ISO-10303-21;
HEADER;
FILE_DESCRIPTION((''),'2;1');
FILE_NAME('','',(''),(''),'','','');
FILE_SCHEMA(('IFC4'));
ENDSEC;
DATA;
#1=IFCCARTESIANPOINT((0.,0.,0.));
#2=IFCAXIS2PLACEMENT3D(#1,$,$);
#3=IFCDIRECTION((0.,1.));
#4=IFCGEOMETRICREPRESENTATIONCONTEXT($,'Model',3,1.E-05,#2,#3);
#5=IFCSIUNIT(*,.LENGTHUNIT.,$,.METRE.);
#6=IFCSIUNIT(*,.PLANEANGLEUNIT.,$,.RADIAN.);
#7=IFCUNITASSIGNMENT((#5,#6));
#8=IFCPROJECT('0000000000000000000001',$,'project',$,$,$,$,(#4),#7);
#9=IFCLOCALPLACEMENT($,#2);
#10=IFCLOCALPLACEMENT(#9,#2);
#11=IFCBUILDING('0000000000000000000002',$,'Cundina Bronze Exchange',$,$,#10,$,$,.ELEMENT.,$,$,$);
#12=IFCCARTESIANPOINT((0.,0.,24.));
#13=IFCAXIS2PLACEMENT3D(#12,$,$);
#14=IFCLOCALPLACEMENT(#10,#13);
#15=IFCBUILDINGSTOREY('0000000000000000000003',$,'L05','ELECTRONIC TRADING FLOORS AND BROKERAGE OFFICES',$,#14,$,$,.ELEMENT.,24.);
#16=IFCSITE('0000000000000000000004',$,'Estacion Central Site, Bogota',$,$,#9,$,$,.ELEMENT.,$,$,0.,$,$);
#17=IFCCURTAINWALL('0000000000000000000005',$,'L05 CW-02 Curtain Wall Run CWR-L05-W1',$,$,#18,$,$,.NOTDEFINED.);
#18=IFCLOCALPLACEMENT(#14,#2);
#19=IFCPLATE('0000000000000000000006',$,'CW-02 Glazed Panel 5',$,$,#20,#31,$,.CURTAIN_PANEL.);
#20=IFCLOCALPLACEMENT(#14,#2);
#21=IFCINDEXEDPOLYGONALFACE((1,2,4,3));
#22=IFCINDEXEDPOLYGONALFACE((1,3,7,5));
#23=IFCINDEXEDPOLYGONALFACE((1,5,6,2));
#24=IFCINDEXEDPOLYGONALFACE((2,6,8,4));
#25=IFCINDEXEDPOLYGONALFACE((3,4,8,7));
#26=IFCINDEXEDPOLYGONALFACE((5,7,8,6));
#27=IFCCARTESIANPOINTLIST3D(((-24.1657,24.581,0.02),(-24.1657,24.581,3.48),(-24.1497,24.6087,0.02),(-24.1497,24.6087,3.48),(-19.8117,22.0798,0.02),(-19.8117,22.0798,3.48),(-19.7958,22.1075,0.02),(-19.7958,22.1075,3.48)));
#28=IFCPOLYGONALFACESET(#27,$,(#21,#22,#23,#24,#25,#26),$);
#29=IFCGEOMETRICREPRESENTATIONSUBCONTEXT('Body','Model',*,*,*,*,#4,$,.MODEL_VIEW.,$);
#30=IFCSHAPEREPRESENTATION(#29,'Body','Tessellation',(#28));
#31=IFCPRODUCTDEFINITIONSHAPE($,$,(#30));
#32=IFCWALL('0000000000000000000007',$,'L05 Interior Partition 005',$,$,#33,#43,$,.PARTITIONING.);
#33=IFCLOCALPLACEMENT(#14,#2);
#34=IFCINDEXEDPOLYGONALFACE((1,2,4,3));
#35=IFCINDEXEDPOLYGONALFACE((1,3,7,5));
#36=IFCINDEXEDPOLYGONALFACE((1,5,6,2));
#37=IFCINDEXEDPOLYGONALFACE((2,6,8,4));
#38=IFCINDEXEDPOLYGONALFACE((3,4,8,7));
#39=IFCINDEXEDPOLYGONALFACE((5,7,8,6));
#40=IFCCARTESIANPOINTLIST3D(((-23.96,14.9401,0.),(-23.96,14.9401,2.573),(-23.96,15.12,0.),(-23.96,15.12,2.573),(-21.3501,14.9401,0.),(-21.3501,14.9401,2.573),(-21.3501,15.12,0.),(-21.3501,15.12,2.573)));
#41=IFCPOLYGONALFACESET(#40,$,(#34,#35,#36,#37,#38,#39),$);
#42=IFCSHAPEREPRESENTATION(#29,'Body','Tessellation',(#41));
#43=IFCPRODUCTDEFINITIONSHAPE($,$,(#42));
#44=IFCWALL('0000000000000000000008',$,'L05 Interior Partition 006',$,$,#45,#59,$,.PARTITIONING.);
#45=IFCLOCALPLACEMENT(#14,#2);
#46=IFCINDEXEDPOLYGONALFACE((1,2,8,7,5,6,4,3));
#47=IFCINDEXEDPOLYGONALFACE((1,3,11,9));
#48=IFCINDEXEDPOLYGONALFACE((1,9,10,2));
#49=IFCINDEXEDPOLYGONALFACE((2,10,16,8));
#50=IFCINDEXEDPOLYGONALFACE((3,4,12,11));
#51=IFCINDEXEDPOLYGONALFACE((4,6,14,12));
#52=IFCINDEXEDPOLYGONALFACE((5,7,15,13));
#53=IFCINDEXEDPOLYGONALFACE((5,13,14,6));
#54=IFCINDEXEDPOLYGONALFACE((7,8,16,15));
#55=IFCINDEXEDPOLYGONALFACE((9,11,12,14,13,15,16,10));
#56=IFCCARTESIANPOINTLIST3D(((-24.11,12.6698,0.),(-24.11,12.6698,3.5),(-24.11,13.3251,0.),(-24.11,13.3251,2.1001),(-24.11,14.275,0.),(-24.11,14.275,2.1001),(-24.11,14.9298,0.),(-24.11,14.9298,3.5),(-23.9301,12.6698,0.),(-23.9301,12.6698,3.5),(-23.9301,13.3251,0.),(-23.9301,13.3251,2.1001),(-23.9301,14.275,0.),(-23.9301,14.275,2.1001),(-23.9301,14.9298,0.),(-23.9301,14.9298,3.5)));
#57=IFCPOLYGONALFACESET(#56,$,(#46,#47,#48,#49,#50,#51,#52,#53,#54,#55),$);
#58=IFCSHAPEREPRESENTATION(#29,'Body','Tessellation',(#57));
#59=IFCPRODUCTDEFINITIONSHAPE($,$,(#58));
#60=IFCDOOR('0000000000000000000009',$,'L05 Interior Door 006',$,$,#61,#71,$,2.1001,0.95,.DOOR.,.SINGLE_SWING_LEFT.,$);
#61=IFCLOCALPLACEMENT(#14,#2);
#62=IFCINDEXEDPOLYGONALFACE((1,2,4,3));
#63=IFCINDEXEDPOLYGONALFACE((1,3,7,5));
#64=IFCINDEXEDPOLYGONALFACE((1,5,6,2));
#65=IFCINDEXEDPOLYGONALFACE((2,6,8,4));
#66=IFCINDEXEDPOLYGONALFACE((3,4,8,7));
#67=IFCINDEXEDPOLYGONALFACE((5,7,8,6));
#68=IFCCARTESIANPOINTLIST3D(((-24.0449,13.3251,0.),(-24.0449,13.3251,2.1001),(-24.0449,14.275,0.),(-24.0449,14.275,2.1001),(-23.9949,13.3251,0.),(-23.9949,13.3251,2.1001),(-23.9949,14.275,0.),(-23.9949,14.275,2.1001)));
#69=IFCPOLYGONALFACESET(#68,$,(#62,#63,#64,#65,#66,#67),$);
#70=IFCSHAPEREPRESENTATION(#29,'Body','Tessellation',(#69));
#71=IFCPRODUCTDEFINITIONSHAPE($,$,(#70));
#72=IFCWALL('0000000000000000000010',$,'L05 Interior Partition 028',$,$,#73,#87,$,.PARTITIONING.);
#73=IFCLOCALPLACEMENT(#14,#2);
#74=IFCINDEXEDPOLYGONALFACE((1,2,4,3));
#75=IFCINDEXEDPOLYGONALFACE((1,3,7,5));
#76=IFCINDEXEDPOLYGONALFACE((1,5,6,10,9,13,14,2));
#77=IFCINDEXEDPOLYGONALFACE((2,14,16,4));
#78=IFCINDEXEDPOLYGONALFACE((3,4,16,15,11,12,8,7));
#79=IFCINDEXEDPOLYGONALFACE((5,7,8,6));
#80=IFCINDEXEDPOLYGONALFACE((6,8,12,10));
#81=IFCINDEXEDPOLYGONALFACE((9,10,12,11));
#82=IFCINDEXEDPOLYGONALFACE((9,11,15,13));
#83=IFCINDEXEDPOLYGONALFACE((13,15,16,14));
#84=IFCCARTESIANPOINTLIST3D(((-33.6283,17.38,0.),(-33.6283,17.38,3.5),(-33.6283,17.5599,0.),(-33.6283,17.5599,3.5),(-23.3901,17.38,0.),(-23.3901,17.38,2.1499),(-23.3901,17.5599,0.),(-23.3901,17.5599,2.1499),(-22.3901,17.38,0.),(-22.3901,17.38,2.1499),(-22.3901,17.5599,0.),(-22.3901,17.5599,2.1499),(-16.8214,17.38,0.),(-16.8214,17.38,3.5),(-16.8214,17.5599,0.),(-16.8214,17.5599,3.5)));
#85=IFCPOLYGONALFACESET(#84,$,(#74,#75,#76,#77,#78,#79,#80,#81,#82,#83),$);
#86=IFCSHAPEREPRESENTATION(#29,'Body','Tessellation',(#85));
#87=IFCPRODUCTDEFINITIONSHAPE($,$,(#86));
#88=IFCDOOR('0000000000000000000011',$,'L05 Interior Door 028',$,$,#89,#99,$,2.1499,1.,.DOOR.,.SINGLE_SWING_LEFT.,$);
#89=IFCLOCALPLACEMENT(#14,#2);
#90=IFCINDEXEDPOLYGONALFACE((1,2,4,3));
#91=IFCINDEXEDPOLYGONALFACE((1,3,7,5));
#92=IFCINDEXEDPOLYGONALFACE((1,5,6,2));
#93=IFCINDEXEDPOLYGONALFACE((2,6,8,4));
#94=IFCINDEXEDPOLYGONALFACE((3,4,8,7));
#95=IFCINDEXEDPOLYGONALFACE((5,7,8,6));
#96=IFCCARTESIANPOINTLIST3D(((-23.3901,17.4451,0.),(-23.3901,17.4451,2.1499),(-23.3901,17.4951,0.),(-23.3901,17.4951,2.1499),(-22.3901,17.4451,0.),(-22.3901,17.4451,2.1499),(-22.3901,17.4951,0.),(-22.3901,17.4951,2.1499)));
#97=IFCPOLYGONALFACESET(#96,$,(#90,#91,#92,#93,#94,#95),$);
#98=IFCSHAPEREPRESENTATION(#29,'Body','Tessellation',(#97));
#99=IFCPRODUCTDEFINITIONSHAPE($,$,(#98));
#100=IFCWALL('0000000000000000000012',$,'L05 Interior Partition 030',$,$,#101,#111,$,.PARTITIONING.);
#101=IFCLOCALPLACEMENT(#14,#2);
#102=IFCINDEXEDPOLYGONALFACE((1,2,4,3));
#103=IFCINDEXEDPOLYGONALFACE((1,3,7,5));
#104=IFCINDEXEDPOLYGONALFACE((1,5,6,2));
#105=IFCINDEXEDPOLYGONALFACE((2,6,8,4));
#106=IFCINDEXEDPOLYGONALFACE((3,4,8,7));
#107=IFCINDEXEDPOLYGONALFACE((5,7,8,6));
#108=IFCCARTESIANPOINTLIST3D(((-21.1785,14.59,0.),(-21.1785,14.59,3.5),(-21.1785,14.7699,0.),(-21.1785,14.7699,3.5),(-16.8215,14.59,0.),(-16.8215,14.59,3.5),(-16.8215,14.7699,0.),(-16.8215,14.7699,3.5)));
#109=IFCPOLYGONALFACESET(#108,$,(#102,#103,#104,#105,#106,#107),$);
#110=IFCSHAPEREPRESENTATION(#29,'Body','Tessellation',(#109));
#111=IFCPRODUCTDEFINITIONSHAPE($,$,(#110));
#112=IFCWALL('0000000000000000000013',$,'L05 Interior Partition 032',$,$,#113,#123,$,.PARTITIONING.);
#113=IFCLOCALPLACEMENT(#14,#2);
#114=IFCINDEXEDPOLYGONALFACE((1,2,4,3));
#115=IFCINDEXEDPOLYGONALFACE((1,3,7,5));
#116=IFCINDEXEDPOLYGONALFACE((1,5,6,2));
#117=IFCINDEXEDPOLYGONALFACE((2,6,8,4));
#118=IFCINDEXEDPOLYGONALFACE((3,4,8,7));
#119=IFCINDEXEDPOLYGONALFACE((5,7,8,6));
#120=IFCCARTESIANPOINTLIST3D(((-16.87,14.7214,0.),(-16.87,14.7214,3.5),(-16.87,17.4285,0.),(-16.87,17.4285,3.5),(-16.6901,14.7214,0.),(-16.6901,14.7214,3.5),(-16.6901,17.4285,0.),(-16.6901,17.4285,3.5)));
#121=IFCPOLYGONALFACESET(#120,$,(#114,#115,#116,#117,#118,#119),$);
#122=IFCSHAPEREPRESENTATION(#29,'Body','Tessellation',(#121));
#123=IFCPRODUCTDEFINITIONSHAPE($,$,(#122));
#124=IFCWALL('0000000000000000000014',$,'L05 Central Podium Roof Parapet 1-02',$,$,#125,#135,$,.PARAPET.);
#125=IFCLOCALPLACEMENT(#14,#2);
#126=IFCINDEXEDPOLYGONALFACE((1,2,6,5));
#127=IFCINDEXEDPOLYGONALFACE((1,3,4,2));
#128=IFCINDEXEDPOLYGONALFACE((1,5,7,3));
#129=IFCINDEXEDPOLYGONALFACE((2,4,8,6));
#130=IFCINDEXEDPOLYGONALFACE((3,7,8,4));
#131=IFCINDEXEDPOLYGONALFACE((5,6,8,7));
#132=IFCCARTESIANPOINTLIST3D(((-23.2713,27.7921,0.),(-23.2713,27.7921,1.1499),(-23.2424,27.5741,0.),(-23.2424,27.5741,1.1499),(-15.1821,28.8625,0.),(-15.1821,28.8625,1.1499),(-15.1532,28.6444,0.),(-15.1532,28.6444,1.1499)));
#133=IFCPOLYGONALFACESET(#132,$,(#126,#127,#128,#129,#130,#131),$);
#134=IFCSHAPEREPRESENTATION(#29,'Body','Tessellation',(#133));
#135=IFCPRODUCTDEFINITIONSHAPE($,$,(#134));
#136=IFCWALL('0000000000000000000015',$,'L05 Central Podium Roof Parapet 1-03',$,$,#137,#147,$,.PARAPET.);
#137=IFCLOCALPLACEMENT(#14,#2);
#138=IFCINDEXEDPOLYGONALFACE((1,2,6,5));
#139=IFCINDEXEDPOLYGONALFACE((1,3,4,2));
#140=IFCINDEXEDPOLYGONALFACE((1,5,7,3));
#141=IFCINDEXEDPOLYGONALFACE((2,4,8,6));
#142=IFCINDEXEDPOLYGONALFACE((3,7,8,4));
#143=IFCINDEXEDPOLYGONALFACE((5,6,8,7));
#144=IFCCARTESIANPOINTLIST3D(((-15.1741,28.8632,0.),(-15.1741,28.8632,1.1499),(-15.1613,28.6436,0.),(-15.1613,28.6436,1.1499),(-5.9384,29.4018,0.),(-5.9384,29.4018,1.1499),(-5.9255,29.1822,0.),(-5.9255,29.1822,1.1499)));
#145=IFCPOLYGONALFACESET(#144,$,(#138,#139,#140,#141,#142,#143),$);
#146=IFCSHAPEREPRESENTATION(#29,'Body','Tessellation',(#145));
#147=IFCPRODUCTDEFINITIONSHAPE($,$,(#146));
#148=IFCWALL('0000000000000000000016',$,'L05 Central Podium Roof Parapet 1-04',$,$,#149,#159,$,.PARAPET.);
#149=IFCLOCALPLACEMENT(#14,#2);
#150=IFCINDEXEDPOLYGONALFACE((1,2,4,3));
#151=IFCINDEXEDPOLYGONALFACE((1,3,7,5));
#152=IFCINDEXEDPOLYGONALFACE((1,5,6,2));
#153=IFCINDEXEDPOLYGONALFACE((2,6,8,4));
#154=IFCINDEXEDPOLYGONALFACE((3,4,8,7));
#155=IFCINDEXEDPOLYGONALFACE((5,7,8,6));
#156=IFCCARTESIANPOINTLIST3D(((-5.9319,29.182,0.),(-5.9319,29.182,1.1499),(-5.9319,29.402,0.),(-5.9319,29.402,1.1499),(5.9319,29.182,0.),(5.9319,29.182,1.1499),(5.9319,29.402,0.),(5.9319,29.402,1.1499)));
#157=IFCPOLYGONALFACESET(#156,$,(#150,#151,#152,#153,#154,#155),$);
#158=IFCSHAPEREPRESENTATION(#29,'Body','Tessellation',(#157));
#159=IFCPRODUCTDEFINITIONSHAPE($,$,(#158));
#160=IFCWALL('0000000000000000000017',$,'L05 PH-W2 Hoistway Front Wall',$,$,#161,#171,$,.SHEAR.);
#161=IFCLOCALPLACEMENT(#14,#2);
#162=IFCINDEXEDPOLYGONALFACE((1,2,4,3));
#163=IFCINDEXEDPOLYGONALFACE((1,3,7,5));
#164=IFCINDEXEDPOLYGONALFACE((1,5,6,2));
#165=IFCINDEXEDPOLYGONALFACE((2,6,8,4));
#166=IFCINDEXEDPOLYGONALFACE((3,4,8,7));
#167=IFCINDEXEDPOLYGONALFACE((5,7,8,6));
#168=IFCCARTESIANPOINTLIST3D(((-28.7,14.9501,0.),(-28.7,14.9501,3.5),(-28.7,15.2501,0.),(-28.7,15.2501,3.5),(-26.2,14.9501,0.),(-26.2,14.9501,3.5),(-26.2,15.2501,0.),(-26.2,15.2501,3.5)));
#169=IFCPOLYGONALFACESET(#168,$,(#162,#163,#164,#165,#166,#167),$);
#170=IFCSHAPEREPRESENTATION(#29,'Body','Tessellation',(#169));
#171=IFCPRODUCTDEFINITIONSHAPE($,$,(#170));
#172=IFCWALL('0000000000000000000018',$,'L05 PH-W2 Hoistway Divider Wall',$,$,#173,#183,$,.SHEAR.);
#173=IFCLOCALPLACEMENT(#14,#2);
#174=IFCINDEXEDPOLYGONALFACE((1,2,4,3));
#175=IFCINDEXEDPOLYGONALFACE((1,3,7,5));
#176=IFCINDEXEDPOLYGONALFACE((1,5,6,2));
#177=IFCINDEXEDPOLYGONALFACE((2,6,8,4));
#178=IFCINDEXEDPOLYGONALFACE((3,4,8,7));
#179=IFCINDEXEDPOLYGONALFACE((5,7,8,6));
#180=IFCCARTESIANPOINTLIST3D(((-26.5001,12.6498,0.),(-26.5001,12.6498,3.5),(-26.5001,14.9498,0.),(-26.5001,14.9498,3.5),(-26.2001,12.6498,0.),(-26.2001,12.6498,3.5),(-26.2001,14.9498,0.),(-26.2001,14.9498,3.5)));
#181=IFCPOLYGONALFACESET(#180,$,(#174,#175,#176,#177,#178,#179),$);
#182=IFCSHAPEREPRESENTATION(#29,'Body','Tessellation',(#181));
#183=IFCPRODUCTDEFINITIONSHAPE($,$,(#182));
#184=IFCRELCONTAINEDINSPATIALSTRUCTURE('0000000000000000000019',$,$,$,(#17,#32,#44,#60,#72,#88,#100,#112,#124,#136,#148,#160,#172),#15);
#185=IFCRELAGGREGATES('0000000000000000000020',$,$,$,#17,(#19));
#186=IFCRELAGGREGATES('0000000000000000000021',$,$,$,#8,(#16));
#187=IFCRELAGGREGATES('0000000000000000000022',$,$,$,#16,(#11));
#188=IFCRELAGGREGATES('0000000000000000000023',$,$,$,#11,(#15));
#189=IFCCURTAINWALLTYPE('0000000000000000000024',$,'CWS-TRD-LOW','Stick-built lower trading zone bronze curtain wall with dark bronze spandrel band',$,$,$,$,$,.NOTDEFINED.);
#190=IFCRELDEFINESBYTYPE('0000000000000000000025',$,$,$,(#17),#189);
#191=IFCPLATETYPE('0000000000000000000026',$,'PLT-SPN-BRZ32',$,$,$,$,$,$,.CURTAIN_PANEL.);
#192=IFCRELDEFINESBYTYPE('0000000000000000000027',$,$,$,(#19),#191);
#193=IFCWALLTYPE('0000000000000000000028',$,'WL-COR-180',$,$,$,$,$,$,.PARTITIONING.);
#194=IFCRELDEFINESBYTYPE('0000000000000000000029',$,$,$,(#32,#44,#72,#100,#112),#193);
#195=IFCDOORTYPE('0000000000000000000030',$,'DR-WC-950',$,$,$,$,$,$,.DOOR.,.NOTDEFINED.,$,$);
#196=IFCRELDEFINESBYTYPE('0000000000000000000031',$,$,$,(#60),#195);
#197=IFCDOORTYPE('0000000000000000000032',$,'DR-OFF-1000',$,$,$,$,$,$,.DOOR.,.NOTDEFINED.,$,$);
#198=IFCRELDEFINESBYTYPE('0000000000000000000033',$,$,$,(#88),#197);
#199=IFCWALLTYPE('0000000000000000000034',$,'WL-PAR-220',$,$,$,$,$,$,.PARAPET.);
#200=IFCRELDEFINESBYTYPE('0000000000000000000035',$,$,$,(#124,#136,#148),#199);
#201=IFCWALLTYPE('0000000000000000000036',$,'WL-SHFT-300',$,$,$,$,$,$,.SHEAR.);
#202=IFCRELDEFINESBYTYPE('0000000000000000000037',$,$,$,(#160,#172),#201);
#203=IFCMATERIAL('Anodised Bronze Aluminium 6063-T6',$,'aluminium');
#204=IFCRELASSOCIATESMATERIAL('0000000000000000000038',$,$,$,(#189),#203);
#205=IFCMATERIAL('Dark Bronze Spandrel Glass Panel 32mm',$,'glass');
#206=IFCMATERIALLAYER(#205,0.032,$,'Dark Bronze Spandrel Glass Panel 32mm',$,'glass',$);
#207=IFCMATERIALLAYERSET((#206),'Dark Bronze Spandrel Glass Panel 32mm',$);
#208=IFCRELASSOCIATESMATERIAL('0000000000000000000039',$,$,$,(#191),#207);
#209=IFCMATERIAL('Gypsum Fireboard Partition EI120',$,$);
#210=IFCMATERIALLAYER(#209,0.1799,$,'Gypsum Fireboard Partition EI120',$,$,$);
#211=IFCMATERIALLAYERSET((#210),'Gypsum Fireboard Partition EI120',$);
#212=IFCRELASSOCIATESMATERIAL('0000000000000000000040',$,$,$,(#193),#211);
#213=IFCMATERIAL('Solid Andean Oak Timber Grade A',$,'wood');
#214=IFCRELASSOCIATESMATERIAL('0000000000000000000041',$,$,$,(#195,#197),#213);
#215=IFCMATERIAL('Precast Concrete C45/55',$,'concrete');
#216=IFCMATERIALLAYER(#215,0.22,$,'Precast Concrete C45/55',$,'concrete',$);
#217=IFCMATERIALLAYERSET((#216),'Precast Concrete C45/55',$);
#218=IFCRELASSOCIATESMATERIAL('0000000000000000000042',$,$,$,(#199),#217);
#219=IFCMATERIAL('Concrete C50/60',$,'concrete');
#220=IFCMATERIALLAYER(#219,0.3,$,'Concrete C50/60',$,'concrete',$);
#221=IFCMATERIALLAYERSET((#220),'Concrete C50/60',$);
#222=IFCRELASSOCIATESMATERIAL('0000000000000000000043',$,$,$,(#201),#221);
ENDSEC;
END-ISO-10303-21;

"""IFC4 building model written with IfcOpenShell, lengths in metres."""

from ifc_helpers import new_model, si_unit, direction, frame, frame_2d, origin, origin_2d, place, context, subcontext, project, spatial, rectangle, extrude, material, layer, layer_set, type_object, element, fill, aggregate, save


model = new_model("IFC4")

# Units and contexts
model_context = context("Model", 3, precision=1e-05, world=origin(), true_north=direction((0.0, 1.0)))
body_context = subcontext(model_context, "Body", "Model", "MODEL_VIEW")
ifc_project = project(units=[si_unit("LENGTHUNIT", "METRE"), si_unit("PLANEANGLEUNIT", "RADIAN")], contexts=[model_context])

# Site, building, storey
site_placement = place(None, origin())
site = spatial("IfcSite", under=ifc_project, at=site_placement, Name="Estacion Central Site, Bogota", CompositionType="ELEMENT", RefElevation=0.0)
building_placement = place(site_placement, origin())
building = spatial("IfcBuilding", under=site, at=building_placement, Name="Cundina Bronze Exchange", CompositionType="ELEMENT")
storey_placement = place(building_placement, frame((0.0, 0.0, 24.0)))
storey = spatial("IfcBuildingStorey", under=building, at=storey_placement, Name="L05", Description="ELECTRONIC TRADING FLOORS AND BROKERAGE OFFICES", CompositionType="ELEMENT", Elevation=24.0)

# Curtain wall, plate
ifc_material_1 = material(Name="Anodised Bronze Aluminium 6063-T6", Category="aluminium")
curtain_wall_type = type_object("IfcCurtainWallType", Name="CWS-TRD-LOW", Description="Stick-built lower trading zone bronze curtain wall with dark bronze spandrel band", PredefinedType="NOTDEFINED", material=ifc_material_1)
curtain_wall_placement = place(storey_placement, origin())
curtain_wall = element("IfcCurtainWall", 1, at=curtain_wall_placement, inside=storey, type_object=curtain_wall_type, Name="L05 CW-02 Curtain Wall Run CWR-L05-W1", PredefinedType="NOTDEFINED")
ifc_material_2 = material(Name="Dark Bronze Spandrel Glass Panel 32mm", Category="glass")
ifc_layer_1 = layer(ifc_material_2, 0.032, Name="Dark Bronze Spandrel Glass Panel 32mm", Category="glass")
ifc_layer_set_1 = layer_set([ifc_layer_1], Name="Dark Bronze Spandrel Glass Panel 32mm")
plate_type_1 = type_object("IfcPlateType", Name="PLT-SPN-BRZ32", PredefinedType="CURTAIN_PANEL", material=ifc_layer_set_1)
plate_1_placement = place(storey_placement, frame((-21.9807, 23.3442, 0.02), z_axis=(0.0, 0.0, 1.0), x_axis=(-0.867105, 0.498125, 0.0)))
plate_1 = element("IfcPlate", 2, at=plate_1_placement, type_object=plate_type_1, Name="CW-02 Glazed Panel 5", PredefinedType="CURTAIN_PANEL", context=body_context, shape_type="SweptSolid", body=[
    extrude(rectangle(XDim=5.0212, YDim=0.032, at=origin_2d()), origin(), (0.0, 0.0, 1.0), 3.46),
])
aggregate(curtain_wall, [plate_1])

# Wall
ifc_material_3 = material(Name="Gypsum Fireboard Partition EI120")
ifc_layer_2 = layer(ifc_material_3, 0.1799, Name="Gypsum Fireboard Partition EI120")
ifc_layer_set_2 = layer_set([ifc_layer_2], Name="Gypsum Fireboard Partition EI120")
wall_type_1 = type_object("IfcWallType", Name="WL-COR-180", PredefinedType="PARTITIONING", material=ifc_layer_set_2)
wall_1_placement = place(storey_placement, frame((-23.96, 15.03, 0.0), z_axis=(0.0, 0.0, 1.0), x_axis=(1.0, 0.0, 0.0)))
element("IfcWall", 3, at=wall_1_placement, inside=storey, type_object=wall_type_1, Name="L05 Interior Partition 005", PredefinedType="PARTITIONING", context=body_context, shape_type="SweptSolid", body=[
    extrude(rectangle(XDim=2.6099, YDim=0.1799, at=frame_2d((1.3049, 0.0))), origin(), (0.0, 0.0, 1.0), 2.573),
])

# Walls, openings, doors
wall_2_placement = place(storey_placement, frame((-24.02, 12.6699, 0.0), z_axis=(0.0, 0.0, 1.0), x_axis=(0.0, 1.0, 0.0)))
wall_2 = element("IfcWall", 4, at=wall_2_placement, inside=storey, type_object=wall_type_1, Name="L05 Interior Partition 006", PredefinedType="PARTITIONING", context=body_context, shape_type="SweptSolid", body=[
    extrude(rectangle(XDim=2.26, YDim=0.1799, at=frame_2d((1.1299, 0.0))), origin(), (0.0, 0.0, 1.0), 3.5),
])
opening_1_placement = place(wall_2_placement, frame((0.655, 0.0, 0.0)))
opening_1 = element("IfcOpeningElement", 5, at=opening_1_placement, cuts=wall_2, PredefinedType="OPENING", context=body_context, shape_type="SweptSolid", body=[
    extrude(rectangle(XDim=0.95, YDim=2.1001, at=frame_2d((0.4751, 1.05))), frame((0.0, 0.0999, 0.0), z_axis=(0.0, -1.0, 0.0), x_axis=(1.0, 0.0, 0.0)), (0.0, 0.0, 1.0), 0.2),
])
ifc_material_4 = material(Name="Solid Andean Oak Timber Grade A", Category="wood")
door_type_1 = type_object("IfcDoorType", Name="DR-WC-950", OperationType="NOTDEFINED", PredefinedType="DOOR", material=ifc_material_4)
door_1_placement = place(opening_1_placement, origin())
door_1 = element("IfcDoor", 6, at=door_1_placement, inside=storey, type_object=door_type_1, Name="L05 Interior Door 006", OperationType="SINGLE_SWING_LEFT", OverallHeight=2.1001, OverallWidth=0.95, PredefinedType="DOOR", context=body_context, shape_type="SweptSolid", body=[
    extrude(rectangle(XDim=0.95, YDim=2.1001, at=frame_2d((0.4751, 1.05))), frame((0.0, 0.0249, 0.0), z_axis=(0.0, -1.0, 0.0), x_axis=(1.0, 0.0, 0.0)), (0.0, 0.0, 1.0), 0.05),
])
fill(opening_1, door_1)
wall_3_placement = place(storey_placement, frame((-16.8215, 17.47, 0.0), z_axis=(0.0, 0.0, 1.0), x_axis=(-1.0, 0.0, 0.0)))
wall_3 = element("IfcWall", 7, at=wall_3_placement, inside=storey, type_object=wall_type_1, Name="L05 Interior Partition 028", PredefinedType="PARTITIONING", context=body_context, shape_type="SweptSolid", body=[
    extrude(rectangle(XDim=16.8069, YDim=0.1799, at=frame_2d((8.4033, 0.0))), origin(), (0.0, 0.0, 1.0), 3.5),
])
opening_2_placement = place(wall_3_placement, frame((5.5686, 0.0, 0.0)))
opening_2 = element("IfcOpeningElement", 8, at=opening_2_placement, cuts=wall_3, PredefinedType="OPENING", context=body_context, shape_type="SweptSolid", body=[
    extrude(rectangle(XDim=1.0, YDim=2.1499, at=frame_2d((0.5, 1.075))), frame((0.0, 0.0999, 0.0), z_axis=(0.0, -1.0, 0.0), x_axis=(1.0, 0.0, 0.0)), (0.0, 0.0, 1.0), 0.2),
])
door_type_2 = type_object("IfcDoorType", Name="DR-OFF-1000", OperationType="NOTDEFINED", PredefinedType="DOOR", material=ifc_material_4)
door_2_placement = place(opening_2_placement, origin())
door_2 = element("IfcDoor", 9, at=door_2_placement, inside=storey, type_object=door_type_2, Name="L05 Interior Door 028", OperationType="SINGLE_SWING_LEFT", OverallHeight=2.1499, OverallWidth=1.0, PredefinedType="DOOR", context=body_context, shape_type="SweptSolid", body=[
    extrude(rectangle(XDim=1.0, YDim=2.1499, at=frame_2d((0.5, 1.075))), frame((0.0, 0.0249, 0.0), z_axis=(0.0, -1.0, 0.0), x_axis=(1.0, 0.0, 0.0)), (0.0, 0.0, 1.0), 0.05),
])
fill(opening_2, door_2)

# Walls
wall_4_placement = place(storey_placement, frame((-21.1785, 14.6799, 0.0), z_axis=(0.0, 0.0, 1.0), x_axis=(1.0, 0.0, 0.0)))
element("IfcWall", 10, at=wall_4_placement, inside=storey, type_object=wall_type_1, Name="L05 Interior Partition 030", PredefinedType="PARTITIONING", context=body_context, shape_type="SweptSolid", body=[
    extrude(rectangle(XDim=4.3569, YDim=0.1799, at=frame_2d((2.1785, 0.0))), origin(), (0.0, 0.0, 1.0), 3.5),
])
wall_5_placement = place(storey_placement, frame((-16.78, 14.7214, 0.0), z_axis=(0.0, 0.0, 1.0), x_axis=(0.0, 1.0, 0.0)))
element("IfcWall", 11, at=wall_5_placement, inside=storey, type_object=wall_type_1, Name="L05 Interior Partition 032", PredefinedType="PARTITIONING", context=body_context, shape_type="SweptSolid", body=[
    extrude(rectangle(XDim=2.707, YDim=0.1799, at=frame_2d((1.3535, 0.0))), origin(), (0.0, 0.0, 1.0), 3.5),
])
ifc_material_5 = material(Name="Precast Concrete C45/55", Category="concrete")
ifc_layer_3 = layer(ifc_material_5, 0.22, Name="Precast Concrete C45/55", Category="concrete")
ifc_layer_set_3 = layer_set([ifc_layer_3], Name="Precast Concrete C45/55")
wall_type_2 = type_object("IfcWallType", Name="WL-PAR-220", PredefinedType="PARAPET", material=ifc_layer_set_3)
wall_6_placement = place(storey_placement, frame((-23.2568, 27.6831, 0.0), z_axis=(0.0, 0.0, 1.0), x_axis=(0.99136, 0.131172, 0.0)))
element("IfcWall", 12, at=wall_6_placement, inside=storey, type_object=wall_type_2, Name="L05 Central Podium Roof Parapet 1-02", PredefinedType="PARAPET", context=body_context, shape_type="SweptSolid", body=[
    extrude(rectangle(XDim=8.1597, YDim=0.22, at=frame_2d((4.0798, 0.0))), origin(), (0.0, 0.0, 1.0), 1.1499),
])
wall_7_placement = place(storey_placement, frame((-15.1677, 28.7534, 0.0), z_axis=(0.0, 0.0, 1.0), x_axis=(0.998304, 0.058215, 0.0)))
element("IfcWall", 13, at=wall_7_placement, inside=storey, type_object=wall_type_2, Name="L05 Central Podium Roof Parapet 1-03", PredefinedType="PARAPET", context=body_context, shape_type="SweptSolid", body=[
    extrude(rectangle(XDim=9.2515, YDim=0.22, at=frame_2d((4.6257, 0.0))), origin(), (0.0, 0.0, 1.0), 1.1499),
])
wall_8_placement = place(storey_placement, frame((-5.9319, 29.292, 0.0), z_axis=(0.0, 0.0, 1.0), x_axis=(1.0, 0.0, 0.0)))
element("IfcWall", 14, at=wall_8_placement, inside=storey, type_object=wall_type_2, Name="L05 Central Podium Roof Parapet 1-04", PredefinedType="PARAPET", context=body_context, shape_type="SweptSolid", body=[
    extrude(rectangle(XDim=11.8638, YDim=0.22, at=frame_2d((5.9319, 0.0))), origin(), (0.0, 0.0, 1.0), 1.1499),
])

# Shared definitions
ifc_material_6 = material(Name="Concrete C50/60", Category="concrete")
ifc_layer_4 = layer(ifc_material_6, 0.3, Name="Concrete C50/60", Category="concrete")
ifc_layer_set_4 = layer_set([ifc_layer_4], Name="Concrete C50/60")
wall_type_3 = type_object("IfcWallType", Name="WL-SHFT-300", PredefinedType="SHEAR", material=ifc_layer_set_4)

# Walls
wall_9_placement = place(storey_placement, frame((-28.7, 15.1001, 0.0), z_axis=(0.0, 0.0, 1.0), x_axis=(1.0, 0.0, 0.0)))
element("IfcWall", 15, at=wall_9_placement, inside=storey, type_object=wall_type_3, Name="L05 PH-W2 Hoistway Front Wall", PredefinedType="SHEAR", context=body_context, shape_type="SweptSolid", body=[
    extrude(rectangle(XDim=2.5, YDim=0.3, at=frame_2d((1.25, 0.0))), origin(), (0.0, 0.0, 1.0), 3.5),
])
wall_10_placement = place(storey_placement, frame((-26.3501, 12.6499, 0.0), z_axis=(0.0, 0.0, 1.0), x_axis=(0.0, 1.0, 0.0)))
element("IfcWall", 16, at=wall_10_placement, inside=storey, type_object=wall_type_3, Name="L05 PH-W2 Hoistway Divider Wall", PredefinedType="SHEAR", context=body_context, shape_type="SweptSolid", body=[
    extrude(rectangle(XDim=2.3, YDim=0.3, at=frame_2d((1.1499, 0.0))), origin(), (0.0, 0.0, 1.0), 3.5),
])

save(model, "model.ifc")
